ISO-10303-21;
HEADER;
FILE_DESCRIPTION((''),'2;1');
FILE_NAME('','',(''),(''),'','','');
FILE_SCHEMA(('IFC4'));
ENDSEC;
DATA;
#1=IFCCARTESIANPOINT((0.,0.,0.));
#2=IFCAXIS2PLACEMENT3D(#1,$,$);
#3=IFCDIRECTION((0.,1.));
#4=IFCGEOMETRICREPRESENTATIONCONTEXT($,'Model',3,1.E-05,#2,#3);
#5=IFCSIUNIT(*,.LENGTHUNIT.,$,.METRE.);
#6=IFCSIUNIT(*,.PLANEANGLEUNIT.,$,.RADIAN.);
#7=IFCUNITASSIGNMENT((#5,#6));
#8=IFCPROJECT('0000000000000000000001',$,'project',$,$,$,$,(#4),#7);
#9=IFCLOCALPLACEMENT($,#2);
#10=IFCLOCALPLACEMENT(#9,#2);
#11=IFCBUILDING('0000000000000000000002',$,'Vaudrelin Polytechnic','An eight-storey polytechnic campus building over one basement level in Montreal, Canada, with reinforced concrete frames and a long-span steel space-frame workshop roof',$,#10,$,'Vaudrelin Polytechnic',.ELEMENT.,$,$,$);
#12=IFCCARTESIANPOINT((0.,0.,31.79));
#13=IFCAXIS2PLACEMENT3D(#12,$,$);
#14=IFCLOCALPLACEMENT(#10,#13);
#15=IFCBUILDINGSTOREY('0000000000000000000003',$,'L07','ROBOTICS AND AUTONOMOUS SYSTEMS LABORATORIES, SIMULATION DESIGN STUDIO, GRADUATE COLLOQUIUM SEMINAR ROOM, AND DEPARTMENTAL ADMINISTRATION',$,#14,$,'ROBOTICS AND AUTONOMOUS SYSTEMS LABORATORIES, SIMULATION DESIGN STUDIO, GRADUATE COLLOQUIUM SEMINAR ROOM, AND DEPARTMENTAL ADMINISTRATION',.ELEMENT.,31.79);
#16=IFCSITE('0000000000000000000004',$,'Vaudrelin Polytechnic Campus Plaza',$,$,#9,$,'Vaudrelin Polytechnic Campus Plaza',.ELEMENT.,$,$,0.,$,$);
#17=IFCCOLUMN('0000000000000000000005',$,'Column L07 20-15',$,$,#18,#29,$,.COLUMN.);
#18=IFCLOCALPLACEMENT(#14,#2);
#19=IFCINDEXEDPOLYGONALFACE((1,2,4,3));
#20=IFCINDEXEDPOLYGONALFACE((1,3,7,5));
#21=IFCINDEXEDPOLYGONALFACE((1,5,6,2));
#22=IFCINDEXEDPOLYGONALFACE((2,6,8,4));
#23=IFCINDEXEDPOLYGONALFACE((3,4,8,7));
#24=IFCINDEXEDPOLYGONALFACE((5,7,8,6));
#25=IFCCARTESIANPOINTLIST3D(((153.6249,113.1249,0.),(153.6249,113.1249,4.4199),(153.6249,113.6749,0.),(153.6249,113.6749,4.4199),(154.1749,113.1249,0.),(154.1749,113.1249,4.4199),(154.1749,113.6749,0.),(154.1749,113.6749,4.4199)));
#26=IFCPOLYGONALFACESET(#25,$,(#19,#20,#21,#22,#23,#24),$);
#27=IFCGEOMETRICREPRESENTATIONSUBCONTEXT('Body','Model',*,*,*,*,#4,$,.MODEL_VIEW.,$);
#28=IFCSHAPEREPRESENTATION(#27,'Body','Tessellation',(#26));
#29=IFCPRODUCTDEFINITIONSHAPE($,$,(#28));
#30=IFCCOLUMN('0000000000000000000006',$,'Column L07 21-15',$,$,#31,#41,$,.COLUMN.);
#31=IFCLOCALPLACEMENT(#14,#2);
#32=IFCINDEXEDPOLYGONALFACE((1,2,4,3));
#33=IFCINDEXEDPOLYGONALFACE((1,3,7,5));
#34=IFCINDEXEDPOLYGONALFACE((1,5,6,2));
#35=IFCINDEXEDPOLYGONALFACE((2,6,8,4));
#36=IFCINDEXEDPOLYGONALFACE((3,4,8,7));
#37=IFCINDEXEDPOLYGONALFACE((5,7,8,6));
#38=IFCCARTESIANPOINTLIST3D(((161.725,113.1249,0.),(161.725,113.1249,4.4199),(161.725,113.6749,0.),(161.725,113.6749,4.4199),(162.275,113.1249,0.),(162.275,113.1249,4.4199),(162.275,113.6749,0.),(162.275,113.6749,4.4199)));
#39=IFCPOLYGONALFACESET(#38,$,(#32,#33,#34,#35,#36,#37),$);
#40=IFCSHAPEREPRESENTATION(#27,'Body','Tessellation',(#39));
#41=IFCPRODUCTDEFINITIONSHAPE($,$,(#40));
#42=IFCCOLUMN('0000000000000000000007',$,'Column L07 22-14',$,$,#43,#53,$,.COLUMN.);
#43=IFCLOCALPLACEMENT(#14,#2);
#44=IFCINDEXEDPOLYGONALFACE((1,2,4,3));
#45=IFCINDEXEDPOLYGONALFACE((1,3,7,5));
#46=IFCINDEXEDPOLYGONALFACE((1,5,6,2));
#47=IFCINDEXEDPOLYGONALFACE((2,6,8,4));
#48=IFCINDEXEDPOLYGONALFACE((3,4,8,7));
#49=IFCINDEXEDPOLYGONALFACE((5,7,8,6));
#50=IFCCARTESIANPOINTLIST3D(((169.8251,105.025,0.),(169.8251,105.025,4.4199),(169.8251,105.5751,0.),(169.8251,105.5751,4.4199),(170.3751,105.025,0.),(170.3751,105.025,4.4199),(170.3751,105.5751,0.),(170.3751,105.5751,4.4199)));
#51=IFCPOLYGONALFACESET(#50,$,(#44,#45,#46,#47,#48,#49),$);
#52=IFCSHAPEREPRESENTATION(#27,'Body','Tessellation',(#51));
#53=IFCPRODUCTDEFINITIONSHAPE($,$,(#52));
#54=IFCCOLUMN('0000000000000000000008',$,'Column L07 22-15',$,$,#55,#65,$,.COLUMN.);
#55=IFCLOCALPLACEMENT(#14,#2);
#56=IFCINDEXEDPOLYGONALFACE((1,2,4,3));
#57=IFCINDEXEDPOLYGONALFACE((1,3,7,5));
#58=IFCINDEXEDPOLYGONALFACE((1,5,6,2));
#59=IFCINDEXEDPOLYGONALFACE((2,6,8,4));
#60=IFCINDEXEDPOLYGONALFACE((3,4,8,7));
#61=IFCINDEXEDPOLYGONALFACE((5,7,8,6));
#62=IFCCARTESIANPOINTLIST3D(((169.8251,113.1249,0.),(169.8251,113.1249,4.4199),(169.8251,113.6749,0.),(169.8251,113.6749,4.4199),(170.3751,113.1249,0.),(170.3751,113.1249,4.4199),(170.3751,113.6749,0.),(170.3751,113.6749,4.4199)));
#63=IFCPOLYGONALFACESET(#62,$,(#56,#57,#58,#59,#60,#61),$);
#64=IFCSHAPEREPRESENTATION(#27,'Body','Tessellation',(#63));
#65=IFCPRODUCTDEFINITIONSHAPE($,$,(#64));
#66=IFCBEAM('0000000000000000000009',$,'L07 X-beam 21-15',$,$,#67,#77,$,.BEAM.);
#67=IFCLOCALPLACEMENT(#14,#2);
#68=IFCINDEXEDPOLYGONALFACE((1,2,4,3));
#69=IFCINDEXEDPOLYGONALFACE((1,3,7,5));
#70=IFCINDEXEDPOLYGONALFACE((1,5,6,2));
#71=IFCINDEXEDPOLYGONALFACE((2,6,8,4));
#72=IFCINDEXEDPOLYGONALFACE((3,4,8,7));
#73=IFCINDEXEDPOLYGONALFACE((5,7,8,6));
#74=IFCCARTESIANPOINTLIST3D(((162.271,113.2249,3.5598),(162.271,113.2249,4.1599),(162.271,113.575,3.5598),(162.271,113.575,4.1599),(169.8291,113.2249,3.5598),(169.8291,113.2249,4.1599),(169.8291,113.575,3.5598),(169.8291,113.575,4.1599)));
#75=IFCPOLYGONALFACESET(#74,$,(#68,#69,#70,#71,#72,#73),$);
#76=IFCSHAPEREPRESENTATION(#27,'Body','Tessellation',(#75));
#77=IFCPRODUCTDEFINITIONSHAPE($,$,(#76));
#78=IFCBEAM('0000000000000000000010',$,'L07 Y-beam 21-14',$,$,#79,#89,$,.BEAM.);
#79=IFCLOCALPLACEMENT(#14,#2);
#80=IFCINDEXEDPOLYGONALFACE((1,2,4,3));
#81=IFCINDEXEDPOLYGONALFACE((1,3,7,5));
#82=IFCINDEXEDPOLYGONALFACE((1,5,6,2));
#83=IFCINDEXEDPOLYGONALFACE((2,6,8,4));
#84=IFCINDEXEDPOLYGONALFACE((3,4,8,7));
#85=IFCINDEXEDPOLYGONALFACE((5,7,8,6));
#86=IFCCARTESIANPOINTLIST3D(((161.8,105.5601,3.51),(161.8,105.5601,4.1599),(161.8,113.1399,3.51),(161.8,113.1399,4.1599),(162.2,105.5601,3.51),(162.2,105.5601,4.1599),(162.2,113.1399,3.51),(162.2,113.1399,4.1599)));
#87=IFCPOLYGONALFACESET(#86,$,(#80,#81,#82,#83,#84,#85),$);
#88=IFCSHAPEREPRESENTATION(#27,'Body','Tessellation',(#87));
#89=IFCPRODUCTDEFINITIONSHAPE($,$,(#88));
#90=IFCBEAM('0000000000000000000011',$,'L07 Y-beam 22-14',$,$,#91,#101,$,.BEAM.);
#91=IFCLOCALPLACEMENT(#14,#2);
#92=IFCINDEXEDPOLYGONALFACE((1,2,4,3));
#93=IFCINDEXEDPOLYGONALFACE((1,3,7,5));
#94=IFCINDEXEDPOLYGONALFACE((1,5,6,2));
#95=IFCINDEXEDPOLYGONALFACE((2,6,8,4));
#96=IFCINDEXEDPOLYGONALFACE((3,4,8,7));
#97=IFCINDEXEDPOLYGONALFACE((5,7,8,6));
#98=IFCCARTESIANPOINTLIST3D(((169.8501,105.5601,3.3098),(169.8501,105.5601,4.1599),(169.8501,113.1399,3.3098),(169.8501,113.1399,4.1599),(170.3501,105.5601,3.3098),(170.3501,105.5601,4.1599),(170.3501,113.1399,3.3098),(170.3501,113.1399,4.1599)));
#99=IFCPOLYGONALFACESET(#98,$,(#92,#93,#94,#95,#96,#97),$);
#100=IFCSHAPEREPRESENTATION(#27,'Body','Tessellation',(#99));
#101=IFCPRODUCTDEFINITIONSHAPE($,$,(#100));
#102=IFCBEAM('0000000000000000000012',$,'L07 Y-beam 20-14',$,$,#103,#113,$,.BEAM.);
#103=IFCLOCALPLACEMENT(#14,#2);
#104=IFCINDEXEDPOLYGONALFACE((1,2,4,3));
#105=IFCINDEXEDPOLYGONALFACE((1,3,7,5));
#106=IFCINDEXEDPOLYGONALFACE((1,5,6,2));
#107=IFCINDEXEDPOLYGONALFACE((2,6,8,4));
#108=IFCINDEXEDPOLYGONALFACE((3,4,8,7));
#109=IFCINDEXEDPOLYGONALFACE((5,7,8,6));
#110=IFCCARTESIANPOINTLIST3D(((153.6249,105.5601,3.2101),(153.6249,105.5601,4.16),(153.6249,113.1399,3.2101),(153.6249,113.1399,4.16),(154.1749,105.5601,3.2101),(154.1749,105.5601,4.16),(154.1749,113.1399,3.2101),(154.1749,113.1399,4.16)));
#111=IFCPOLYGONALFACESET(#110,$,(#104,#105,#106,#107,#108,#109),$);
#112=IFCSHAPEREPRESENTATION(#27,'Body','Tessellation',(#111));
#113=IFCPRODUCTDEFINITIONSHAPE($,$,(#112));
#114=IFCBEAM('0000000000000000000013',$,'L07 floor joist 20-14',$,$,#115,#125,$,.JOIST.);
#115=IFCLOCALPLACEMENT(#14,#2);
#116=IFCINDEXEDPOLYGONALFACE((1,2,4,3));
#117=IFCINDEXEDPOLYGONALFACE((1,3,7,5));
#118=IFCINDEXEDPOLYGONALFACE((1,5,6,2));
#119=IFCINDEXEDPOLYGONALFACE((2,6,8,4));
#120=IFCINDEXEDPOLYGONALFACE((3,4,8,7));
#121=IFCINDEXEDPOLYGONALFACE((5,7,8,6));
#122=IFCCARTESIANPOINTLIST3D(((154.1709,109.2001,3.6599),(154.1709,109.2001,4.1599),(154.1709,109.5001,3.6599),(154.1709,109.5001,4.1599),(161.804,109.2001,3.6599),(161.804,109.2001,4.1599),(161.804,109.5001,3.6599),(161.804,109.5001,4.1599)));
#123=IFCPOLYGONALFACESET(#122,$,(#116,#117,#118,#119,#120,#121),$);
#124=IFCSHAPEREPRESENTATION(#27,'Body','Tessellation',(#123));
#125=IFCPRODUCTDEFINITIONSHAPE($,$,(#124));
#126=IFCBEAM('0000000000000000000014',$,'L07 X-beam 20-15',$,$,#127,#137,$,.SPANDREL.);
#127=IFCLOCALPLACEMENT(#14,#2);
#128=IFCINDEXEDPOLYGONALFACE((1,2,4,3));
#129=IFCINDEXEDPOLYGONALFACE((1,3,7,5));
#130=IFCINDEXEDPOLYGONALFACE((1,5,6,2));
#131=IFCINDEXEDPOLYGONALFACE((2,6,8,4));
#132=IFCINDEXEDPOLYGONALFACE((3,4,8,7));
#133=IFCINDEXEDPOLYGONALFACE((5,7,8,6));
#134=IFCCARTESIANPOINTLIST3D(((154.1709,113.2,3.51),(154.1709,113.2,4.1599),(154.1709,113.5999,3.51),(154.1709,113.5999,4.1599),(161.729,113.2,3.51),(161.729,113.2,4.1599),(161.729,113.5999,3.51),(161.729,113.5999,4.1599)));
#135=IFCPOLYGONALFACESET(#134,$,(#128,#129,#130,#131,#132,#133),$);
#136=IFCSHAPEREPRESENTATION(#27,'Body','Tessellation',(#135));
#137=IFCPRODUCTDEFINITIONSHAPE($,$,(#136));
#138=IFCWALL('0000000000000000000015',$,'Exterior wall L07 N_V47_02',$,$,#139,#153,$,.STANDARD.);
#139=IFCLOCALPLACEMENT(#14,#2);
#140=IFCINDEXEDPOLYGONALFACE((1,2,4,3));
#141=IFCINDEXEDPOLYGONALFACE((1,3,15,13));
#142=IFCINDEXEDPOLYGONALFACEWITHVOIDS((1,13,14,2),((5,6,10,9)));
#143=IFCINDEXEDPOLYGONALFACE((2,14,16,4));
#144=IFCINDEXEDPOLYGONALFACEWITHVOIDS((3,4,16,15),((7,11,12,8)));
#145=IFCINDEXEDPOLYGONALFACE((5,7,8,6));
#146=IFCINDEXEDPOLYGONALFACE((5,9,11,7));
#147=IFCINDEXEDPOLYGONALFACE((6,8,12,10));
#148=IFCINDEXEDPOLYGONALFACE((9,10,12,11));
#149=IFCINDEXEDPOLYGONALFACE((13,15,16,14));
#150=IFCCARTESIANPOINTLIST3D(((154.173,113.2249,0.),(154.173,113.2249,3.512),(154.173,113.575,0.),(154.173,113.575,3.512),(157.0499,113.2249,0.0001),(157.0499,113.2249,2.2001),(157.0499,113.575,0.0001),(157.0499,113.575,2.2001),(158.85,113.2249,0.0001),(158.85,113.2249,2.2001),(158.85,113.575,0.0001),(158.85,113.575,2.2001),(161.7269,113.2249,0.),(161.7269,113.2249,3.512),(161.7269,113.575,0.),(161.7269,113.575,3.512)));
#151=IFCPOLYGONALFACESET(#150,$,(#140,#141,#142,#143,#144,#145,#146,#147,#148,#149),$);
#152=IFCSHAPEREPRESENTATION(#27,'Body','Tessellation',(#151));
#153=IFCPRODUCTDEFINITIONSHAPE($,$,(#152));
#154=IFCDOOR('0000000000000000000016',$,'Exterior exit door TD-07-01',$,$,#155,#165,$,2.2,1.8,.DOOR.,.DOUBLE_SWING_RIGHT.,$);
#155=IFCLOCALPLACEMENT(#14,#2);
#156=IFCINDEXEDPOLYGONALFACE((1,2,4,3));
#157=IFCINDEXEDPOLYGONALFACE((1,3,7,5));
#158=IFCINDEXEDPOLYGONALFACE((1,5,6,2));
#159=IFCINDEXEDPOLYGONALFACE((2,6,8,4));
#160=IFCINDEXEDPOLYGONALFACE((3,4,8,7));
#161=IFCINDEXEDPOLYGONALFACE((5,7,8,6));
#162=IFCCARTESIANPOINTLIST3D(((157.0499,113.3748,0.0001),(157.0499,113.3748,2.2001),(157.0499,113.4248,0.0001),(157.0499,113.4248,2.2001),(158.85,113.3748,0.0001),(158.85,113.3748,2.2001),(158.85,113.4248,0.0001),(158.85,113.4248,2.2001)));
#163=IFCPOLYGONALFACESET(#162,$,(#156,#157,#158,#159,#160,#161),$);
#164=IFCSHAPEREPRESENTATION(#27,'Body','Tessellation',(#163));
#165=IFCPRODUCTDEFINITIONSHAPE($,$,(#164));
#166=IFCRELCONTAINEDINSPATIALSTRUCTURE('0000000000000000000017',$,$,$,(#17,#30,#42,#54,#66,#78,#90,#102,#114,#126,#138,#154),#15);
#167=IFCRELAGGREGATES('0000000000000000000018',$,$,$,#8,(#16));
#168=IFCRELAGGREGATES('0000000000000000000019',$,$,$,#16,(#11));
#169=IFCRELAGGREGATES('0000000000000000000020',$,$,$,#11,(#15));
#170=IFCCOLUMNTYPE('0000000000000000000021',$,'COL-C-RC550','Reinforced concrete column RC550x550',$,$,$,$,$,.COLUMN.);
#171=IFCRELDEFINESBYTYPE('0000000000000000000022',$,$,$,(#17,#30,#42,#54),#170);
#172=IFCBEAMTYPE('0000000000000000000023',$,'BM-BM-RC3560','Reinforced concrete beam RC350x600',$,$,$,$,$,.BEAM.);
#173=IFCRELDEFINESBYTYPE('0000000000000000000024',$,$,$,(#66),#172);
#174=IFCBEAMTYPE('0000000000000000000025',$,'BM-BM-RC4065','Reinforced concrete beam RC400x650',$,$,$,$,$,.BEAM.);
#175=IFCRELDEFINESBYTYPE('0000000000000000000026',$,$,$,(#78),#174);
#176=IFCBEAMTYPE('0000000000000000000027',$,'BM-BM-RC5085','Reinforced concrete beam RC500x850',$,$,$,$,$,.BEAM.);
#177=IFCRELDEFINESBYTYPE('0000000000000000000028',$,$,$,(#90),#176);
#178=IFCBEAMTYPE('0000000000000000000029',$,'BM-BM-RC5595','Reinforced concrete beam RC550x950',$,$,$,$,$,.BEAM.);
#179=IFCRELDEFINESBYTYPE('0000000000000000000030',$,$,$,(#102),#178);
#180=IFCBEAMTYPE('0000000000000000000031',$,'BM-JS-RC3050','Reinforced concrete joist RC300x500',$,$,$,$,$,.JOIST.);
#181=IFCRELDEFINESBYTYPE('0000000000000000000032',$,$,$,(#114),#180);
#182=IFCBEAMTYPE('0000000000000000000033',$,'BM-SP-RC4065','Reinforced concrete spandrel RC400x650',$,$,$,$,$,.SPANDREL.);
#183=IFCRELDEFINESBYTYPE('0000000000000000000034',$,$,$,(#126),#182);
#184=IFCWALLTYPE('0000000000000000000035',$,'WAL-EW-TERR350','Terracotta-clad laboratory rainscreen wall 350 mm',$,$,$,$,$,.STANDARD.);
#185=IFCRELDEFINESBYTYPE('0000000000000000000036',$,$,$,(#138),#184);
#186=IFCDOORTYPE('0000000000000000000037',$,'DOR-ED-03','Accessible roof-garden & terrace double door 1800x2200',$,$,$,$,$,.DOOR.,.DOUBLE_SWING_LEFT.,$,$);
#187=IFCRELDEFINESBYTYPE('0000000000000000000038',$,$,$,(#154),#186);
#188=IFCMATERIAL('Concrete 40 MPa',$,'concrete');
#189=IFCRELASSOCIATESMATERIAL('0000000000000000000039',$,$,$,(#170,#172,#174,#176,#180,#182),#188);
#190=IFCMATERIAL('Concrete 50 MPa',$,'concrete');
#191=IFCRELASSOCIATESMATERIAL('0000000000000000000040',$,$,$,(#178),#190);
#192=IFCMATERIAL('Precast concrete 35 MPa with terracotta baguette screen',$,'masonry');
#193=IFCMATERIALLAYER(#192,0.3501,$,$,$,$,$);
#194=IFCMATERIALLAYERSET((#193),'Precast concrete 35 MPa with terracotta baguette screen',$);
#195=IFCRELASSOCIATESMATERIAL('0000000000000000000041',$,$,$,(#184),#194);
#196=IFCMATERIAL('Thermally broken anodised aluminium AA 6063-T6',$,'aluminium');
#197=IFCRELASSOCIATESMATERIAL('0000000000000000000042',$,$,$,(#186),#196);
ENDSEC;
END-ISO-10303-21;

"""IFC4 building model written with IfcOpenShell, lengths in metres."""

from ifc_helpers import new_model, si_unit, direction, frame, frame_2d, origin, origin_2d, place, context, subcontext, project, spatial, rectangle, extrude, material, layer, layer_set, material_profile, profile_set, type_object, element, fill, save


model = new_model("IFC4")

# Units and contexts
model_context = context("Model", 3, precision=1e-05, world=origin(), true_north=direction((0.0, 1.0)))
body_context = subcontext(model_context, "Body", "Model", "MODEL_VIEW")
ifc_project = project(units=[si_unit("LENGTHUNIT", "METRE"), si_unit("PLANEANGLEUNIT", "RADIAN")], contexts=[model_context])

# Site, building, storey
site_placement = place(None, origin())
site = spatial("IfcSite", under=ifc_project, at=site_placement, Name="Vaudrelin Polytechnic Campus Plaza", LongName="Vaudrelin Polytechnic Campus Plaza", CompositionType="ELEMENT", RefElevation=0.0)
building_placement = place(site_placement, origin())
building = spatial("IfcBuilding", under=site, at=building_placement, Name="Vaudrelin Polytechnic", Description="An eight-storey polytechnic campus building over one basement level in Montreal, Canada, with reinforced concrete frames and a long-span steel space-frame workshop roof", LongName="Vaudrelin Polytechnic", CompositionType="ELEMENT")
storey_placement = place(building_placement, frame((0.0, 0.0, 31.79)))
storey = spatial("IfcBuildingStorey", under=building, at=storey_placement, Name="L07", Description="ROBOTICS AND AUTONOMOUS SYSTEMS LABORATORIES, SIMULATION DESIGN STUDIO, GRADUATE COLLOQUIUM SEMINAR ROOM, AND DEPARTMENTAL ADMINISTRATION", LongName="ROBOTICS AND AUTONOMOUS SYSTEMS LABORATORIES, SIMULATION DESIGN STUDIO, GRADUATE COLLOQUIUM SEMINAR ROOM, AND DEPARTMENTAL ADMINISTRATION", CompositionType="ELEMENT", Elevation=31.79)

# Columns
ifc_material_1 = material(Name="Concrete 40 MPa", Category="concrete")
ifc_material_profile_1 = material_profile(ifc_material_1, rectangle(XDim=0.55, YDim=0.55, at=origin_2d()), Name="RC550x550")
ifc_profile_set_1 = profile_set([ifc_material_profile_1], Name="Concrete 40 MPa")
column_type = type_object("IfcColumnType", Name="COL-C-RC550", Description="Reinforced concrete column RC550x550", PredefinedType="COLUMN", material=ifc_profile_set_1)
for number, where, z_axis, x_axis, name in (
    (1, (153.8999, 113.3999, 0.0), (0.0, 0.0, 1.0), (1.0, 0.0, 0.0), "Column L07 20-15"),
    (2, (162.0, 113.3999, 0.0), (0.0, 0.0, 1.0), (1.0, 0.0, 0.0), "Column L07 21-15"),
    (3, (170.1001, 105.3, 0.0), (0.0, 0.0, 1.0), (1.0, 0.0, 0.0), "Column L07 22-14"),
    (4, (170.1001, 113.3999, 0.0), (0.0, 0.0, 1.0), (1.0, 0.0, 0.0), "Column L07 22-15"),
):
    element("IfcColumn", number, at=place(storey_placement, frame(where, z_axis=z_axis, x_axis=x_axis)), inside=storey, type_object=column_type, Name=name, PredefinedType="COLUMN", context=body_context, shape_type="SweptSolid", body=[
        extrude(rectangle(XDim=0.55, YDim=0.55, at=origin_2d()), origin(), (0.0, 0.0, 1.0), 4.4199),
    ])

# Beams
ifc_material_profile_2 = material_profile(ifc_material_1, rectangle(XDim=0.3501, YDim=0.6001, at=origin_2d()), Name="RC350x600")
ifc_profile_set_2 = profile_set([ifc_material_profile_2], Name="Concrete 40 MPa")
beam_type_1 = type_object("IfcBeamType", Name="BM-BM-RC3560", Description="Reinforced concrete beam RC350x600", PredefinedType="BEAM", material=ifc_profile_set_2)
beam_1_placement = place(storey_placement, frame((162.271, 113.3999, 3.8599), z_axis=(1.0, 0.0, 0.0), x_axis=(0.0, 1.0, 0.0)))
element("IfcBeam", 5, at=beam_1_placement, inside=storey, type_object=beam_type_1, Name="L07 X-beam 21-15", PredefinedType="BEAM", context=body_context, shape_type="SweptSolid", body=[
    extrude(rectangle(XDim=0.3501, YDim=0.6001, at=origin_2d()), origin(), (0.0, 0.0, 1.0), 7.5581),
])
ifc_material_profile_3 = material_profile(ifc_material_1, rectangle(XDim=0.3999, YDim=0.6499, at=origin_2d()), Name="RC400x650")
ifc_profile_set_3 = profile_set([ifc_material_profile_3], Name="Concrete 40 MPa")
beam_type_2 = type_object("IfcBeamType", Name="BM-BM-RC4065", Description="Reinforced concrete beam RC400x650", PredefinedType="BEAM", material=ifc_profile_set_3)
beam_2_placement = place(storey_placement, frame((162.0, 105.5601, 3.835), z_axis=(0.0, 1.0, 0.0), x_axis=(-1.0, 0.0, 0.0)))
element("IfcBeam", 6, at=beam_2_placement, inside=storey, type_object=beam_type_2, Name="L07 Y-beam 21-14", PredefinedType="BEAM", context=body_context, shape_type="SweptSolid", body=[
    extrude(rectangle(XDim=0.3999, YDim=0.6499, at=origin_2d()), origin(), (0.0, 0.0, 1.0), 7.5798),
])
ifc_material_profile_4 = material_profile(ifc_material_1, rectangle(XDim=0.5, YDim=0.8501, at=origin_2d()), Name="RC500x850")
ifc_profile_set_4 = profile_set([ifc_material_profile_4], Name="Concrete 40 MPa")
beam_type_3 = type_object("IfcBeamType", Name="BM-BM-RC5085", Description="Reinforced concrete beam RC500x850", PredefinedType="BEAM", material=ifc_profile_set_4)
beam_3_placement = place(storey_placement, frame((170.1001, 105.5601, 3.7349), z_axis=(0.0, 1.0, 0.0), x_axis=(-1.0, 0.0, 0.0)))
element("IfcBeam", 7, at=beam_3_placement, inside=storey, type_object=beam_type_3, Name="L07 Y-beam 22-14", PredefinedType="BEAM", context=body_context, shape_type="SweptSolid", body=[
    extrude(rectangle(XDim=0.5, YDim=0.8501, at=origin_2d()), origin(), (0.0, 0.0, 1.0), 7.5798),
])
ifc_material_2 = material(Name="Concrete 50 MPa", Category="concrete")
ifc_material_profile_5 = material_profile(ifc_material_2, rectangle(XDim=0.55, YDim=0.95, at=origin_2d()), Name="RC550x950")
ifc_profile_set_5 = profile_set([ifc_material_profile_5], Name="Concrete 50 MPa")
beam_type_4 = type_object("IfcBeamType", Name="BM-BM-RC5595", Description="Reinforced concrete beam RC550x950", PredefinedType="BEAM", material=ifc_profile_set_5)
beam_4_placement = place(storey_placement, frame((153.8999, 105.5601, 3.6851), z_axis=(0.0, 1.0, 0.0), x_axis=(-1.0, 0.0, 0.0)))
element("IfcBeam", 8, at=beam_4_placement, inside=storey, type_object=beam_type_4, Name="L07 Y-beam 20-14", PredefinedType="BEAM", context=body_context, shape_type="SweptSolid", body=[
    extrude(rectangle(XDim=0.55, YDim=0.95, at=origin_2d()), origin(), (0.0, 0.0, 1.0), 7.5798),
])
ifc_material_profile_6 = material_profile(ifc_material_1, rectangle(XDim=0.3, YDim=0.5, at=origin_2d()), Name="RC300x500")
ifc_profile_set_6 = profile_set([ifc_material_profile_6], Name="Concrete 40 MPa")
beam_type_5 = type_object("IfcBeamType", Name="BM-JS-RC3050", Description="Reinforced concrete joist RC300x500", PredefinedType="JOIST", material=ifc_profile_set_6)
beam_5_placement = place(storey_placement, frame((154.1709, 109.3501, 3.9099), z_axis=(1.0, 0.0, 0.0), x_axis=(0.0, 1.0, 0.0)))
element("IfcBeam", 9, at=beam_5_placement, inside=storey, type_object=beam_type_5, Name="L07 floor joist 20-14", PredefinedType="JOIST", context=body_context, shape_type="SweptSolid", body=[
    extrude(rectangle(XDim=0.3, YDim=0.5, at=origin_2d()), origin(), (0.0, 0.0, 1.0), 7.6331),
])
ifc_material_profile_7 = material_profile(ifc_material_1, rectangle(XDim=0.3999, YDim=0.6499, at=origin_2d()), Name="RC400x650")
ifc_profile_set_7 = profile_set([ifc_material_profile_7], Name="Concrete 40 MPa")
beam_type_6 = type_object("IfcBeamType", Name="BM-SP-RC4065", Description="Reinforced concrete spandrel RC400x650", PredefinedType="SPANDREL", material=ifc_profile_set_7)
beam_6_placement = place(storey_placement, frame((154.1709, 113.3999, 3.835), z_axis=(1.0, 0.0, 0.0), x_axis=(0.0, 1.0, 0.0)))
element("IfcBeam", 10, at=beam_6_placement, inside=storey, type_object=beam_type_6, Name="L07 X-beam 20-15", PredefinedType="SPANDREL", context=body_context, shape_type="SweptSolid", body=[
    extrude(rectangle(XDim=0.3999, YDim=0.6499, at=origin_2d()), origin(), (0.0, 0.0, 1.0), 7.5581),
])

# Wall, opening, door
ifc_material_3 = material(Name="Precast concrete 35 MPa with terracotta baguette screen", Category="masonry")
ifc_layer_1 = layer(ifc_material_3, 0.3501)
ifc_layer_set_1 = layer_set([ifc_layer_1], Name="Precast concrete 35 MPa with terracotta baguette screen")
wall_type_1 = type_object("IfcWallType", Name="WAL-EW-TERR350", Description="Terracotta-clad laboratory rainscreen wall 350 mm", PredefinedType="STANDARD", material=ifc_layer_set_1)
wall_1_placement = place(storey_placement, frame((154.1731, 113.3999, 0.0), z_axis=(0.0, 0.0, 1.0), x_axis=(1.0, 0.0, 0.0)))
wall_1 = element("IfcWall", 11, at=wall_1_placement, inside=storey, type_object=wall_type_1, Name="Exterior wall L07 N_V47_02", PredefinedType="STANDARD", context=body_context, shape_type="SweptSolid", body=[
    extrude(rectangle(XDim=7.554, YDim=0.3501, at=frame_2d((3.7769, 0.0))), origin(), (0.0, 0.0, 1.0), 3.512),
])
opening_1_placement = place(wall_1_placement, frame((2.877, 0.0, 0.0)))
opening_1 = element("IfcOpeningElement", 12, at=opening_1_placement, cuts=wall_1, PredefinedType="OPENING", context=body_context, shape_type="SweptSolid", body=[
    extrude(rectangle(XDim=1.8, YDim=2.2, at=frame_2d((0.8999, 1.1001))), frame((0.0, 0.1851, 0.0), z_axis=(0.0, -1.0, 0.0), x_axis=(1.0, 0.0, 0.0)), (0.0, 0.0, 1.0), 0.3701),
])
ifc_material_4 = material(Name="Thermally broken anodised aluminium AA 6063-T6", Category="aluminium")
door_type_1 = type_object("IfcDoorType", Name="DOR-ED-03", Description="Accessible roof-garden & terrace double door 1800x2200", OperationType="DOUBLE_SWING_LEFT", PredefinedType="DOOR", material=ifc_material_4)
door_1_placement = place(opening_1_placement, origin())
door_1 = element("IfcDoor", 13, at=door_1_placement, inside=storey, type_object=door_type_1, Name="Exterior exit door TD-07-01", OperationType="DOUBLE_SWING_RIGHT", OverallHeight=2.2, OverallWidth=1.8, PredefinedType="DOOR", context=body_context, shape_type="SweptSolid", body=[
    extrude(rectangle(XDim=1.8, YDim=2.2, at=frame_2d((0.8999, 1.1001))), frame((0.0, 0.0249, 0.0), z_axis=(0.0, -1.0, 0.0), x_axis=(1.0, 0.0, 0.0)), (0.0, 0.0, 1.0), 0.05),
])
fill(opening_1, door_1)

save(model, "model.ifc")
